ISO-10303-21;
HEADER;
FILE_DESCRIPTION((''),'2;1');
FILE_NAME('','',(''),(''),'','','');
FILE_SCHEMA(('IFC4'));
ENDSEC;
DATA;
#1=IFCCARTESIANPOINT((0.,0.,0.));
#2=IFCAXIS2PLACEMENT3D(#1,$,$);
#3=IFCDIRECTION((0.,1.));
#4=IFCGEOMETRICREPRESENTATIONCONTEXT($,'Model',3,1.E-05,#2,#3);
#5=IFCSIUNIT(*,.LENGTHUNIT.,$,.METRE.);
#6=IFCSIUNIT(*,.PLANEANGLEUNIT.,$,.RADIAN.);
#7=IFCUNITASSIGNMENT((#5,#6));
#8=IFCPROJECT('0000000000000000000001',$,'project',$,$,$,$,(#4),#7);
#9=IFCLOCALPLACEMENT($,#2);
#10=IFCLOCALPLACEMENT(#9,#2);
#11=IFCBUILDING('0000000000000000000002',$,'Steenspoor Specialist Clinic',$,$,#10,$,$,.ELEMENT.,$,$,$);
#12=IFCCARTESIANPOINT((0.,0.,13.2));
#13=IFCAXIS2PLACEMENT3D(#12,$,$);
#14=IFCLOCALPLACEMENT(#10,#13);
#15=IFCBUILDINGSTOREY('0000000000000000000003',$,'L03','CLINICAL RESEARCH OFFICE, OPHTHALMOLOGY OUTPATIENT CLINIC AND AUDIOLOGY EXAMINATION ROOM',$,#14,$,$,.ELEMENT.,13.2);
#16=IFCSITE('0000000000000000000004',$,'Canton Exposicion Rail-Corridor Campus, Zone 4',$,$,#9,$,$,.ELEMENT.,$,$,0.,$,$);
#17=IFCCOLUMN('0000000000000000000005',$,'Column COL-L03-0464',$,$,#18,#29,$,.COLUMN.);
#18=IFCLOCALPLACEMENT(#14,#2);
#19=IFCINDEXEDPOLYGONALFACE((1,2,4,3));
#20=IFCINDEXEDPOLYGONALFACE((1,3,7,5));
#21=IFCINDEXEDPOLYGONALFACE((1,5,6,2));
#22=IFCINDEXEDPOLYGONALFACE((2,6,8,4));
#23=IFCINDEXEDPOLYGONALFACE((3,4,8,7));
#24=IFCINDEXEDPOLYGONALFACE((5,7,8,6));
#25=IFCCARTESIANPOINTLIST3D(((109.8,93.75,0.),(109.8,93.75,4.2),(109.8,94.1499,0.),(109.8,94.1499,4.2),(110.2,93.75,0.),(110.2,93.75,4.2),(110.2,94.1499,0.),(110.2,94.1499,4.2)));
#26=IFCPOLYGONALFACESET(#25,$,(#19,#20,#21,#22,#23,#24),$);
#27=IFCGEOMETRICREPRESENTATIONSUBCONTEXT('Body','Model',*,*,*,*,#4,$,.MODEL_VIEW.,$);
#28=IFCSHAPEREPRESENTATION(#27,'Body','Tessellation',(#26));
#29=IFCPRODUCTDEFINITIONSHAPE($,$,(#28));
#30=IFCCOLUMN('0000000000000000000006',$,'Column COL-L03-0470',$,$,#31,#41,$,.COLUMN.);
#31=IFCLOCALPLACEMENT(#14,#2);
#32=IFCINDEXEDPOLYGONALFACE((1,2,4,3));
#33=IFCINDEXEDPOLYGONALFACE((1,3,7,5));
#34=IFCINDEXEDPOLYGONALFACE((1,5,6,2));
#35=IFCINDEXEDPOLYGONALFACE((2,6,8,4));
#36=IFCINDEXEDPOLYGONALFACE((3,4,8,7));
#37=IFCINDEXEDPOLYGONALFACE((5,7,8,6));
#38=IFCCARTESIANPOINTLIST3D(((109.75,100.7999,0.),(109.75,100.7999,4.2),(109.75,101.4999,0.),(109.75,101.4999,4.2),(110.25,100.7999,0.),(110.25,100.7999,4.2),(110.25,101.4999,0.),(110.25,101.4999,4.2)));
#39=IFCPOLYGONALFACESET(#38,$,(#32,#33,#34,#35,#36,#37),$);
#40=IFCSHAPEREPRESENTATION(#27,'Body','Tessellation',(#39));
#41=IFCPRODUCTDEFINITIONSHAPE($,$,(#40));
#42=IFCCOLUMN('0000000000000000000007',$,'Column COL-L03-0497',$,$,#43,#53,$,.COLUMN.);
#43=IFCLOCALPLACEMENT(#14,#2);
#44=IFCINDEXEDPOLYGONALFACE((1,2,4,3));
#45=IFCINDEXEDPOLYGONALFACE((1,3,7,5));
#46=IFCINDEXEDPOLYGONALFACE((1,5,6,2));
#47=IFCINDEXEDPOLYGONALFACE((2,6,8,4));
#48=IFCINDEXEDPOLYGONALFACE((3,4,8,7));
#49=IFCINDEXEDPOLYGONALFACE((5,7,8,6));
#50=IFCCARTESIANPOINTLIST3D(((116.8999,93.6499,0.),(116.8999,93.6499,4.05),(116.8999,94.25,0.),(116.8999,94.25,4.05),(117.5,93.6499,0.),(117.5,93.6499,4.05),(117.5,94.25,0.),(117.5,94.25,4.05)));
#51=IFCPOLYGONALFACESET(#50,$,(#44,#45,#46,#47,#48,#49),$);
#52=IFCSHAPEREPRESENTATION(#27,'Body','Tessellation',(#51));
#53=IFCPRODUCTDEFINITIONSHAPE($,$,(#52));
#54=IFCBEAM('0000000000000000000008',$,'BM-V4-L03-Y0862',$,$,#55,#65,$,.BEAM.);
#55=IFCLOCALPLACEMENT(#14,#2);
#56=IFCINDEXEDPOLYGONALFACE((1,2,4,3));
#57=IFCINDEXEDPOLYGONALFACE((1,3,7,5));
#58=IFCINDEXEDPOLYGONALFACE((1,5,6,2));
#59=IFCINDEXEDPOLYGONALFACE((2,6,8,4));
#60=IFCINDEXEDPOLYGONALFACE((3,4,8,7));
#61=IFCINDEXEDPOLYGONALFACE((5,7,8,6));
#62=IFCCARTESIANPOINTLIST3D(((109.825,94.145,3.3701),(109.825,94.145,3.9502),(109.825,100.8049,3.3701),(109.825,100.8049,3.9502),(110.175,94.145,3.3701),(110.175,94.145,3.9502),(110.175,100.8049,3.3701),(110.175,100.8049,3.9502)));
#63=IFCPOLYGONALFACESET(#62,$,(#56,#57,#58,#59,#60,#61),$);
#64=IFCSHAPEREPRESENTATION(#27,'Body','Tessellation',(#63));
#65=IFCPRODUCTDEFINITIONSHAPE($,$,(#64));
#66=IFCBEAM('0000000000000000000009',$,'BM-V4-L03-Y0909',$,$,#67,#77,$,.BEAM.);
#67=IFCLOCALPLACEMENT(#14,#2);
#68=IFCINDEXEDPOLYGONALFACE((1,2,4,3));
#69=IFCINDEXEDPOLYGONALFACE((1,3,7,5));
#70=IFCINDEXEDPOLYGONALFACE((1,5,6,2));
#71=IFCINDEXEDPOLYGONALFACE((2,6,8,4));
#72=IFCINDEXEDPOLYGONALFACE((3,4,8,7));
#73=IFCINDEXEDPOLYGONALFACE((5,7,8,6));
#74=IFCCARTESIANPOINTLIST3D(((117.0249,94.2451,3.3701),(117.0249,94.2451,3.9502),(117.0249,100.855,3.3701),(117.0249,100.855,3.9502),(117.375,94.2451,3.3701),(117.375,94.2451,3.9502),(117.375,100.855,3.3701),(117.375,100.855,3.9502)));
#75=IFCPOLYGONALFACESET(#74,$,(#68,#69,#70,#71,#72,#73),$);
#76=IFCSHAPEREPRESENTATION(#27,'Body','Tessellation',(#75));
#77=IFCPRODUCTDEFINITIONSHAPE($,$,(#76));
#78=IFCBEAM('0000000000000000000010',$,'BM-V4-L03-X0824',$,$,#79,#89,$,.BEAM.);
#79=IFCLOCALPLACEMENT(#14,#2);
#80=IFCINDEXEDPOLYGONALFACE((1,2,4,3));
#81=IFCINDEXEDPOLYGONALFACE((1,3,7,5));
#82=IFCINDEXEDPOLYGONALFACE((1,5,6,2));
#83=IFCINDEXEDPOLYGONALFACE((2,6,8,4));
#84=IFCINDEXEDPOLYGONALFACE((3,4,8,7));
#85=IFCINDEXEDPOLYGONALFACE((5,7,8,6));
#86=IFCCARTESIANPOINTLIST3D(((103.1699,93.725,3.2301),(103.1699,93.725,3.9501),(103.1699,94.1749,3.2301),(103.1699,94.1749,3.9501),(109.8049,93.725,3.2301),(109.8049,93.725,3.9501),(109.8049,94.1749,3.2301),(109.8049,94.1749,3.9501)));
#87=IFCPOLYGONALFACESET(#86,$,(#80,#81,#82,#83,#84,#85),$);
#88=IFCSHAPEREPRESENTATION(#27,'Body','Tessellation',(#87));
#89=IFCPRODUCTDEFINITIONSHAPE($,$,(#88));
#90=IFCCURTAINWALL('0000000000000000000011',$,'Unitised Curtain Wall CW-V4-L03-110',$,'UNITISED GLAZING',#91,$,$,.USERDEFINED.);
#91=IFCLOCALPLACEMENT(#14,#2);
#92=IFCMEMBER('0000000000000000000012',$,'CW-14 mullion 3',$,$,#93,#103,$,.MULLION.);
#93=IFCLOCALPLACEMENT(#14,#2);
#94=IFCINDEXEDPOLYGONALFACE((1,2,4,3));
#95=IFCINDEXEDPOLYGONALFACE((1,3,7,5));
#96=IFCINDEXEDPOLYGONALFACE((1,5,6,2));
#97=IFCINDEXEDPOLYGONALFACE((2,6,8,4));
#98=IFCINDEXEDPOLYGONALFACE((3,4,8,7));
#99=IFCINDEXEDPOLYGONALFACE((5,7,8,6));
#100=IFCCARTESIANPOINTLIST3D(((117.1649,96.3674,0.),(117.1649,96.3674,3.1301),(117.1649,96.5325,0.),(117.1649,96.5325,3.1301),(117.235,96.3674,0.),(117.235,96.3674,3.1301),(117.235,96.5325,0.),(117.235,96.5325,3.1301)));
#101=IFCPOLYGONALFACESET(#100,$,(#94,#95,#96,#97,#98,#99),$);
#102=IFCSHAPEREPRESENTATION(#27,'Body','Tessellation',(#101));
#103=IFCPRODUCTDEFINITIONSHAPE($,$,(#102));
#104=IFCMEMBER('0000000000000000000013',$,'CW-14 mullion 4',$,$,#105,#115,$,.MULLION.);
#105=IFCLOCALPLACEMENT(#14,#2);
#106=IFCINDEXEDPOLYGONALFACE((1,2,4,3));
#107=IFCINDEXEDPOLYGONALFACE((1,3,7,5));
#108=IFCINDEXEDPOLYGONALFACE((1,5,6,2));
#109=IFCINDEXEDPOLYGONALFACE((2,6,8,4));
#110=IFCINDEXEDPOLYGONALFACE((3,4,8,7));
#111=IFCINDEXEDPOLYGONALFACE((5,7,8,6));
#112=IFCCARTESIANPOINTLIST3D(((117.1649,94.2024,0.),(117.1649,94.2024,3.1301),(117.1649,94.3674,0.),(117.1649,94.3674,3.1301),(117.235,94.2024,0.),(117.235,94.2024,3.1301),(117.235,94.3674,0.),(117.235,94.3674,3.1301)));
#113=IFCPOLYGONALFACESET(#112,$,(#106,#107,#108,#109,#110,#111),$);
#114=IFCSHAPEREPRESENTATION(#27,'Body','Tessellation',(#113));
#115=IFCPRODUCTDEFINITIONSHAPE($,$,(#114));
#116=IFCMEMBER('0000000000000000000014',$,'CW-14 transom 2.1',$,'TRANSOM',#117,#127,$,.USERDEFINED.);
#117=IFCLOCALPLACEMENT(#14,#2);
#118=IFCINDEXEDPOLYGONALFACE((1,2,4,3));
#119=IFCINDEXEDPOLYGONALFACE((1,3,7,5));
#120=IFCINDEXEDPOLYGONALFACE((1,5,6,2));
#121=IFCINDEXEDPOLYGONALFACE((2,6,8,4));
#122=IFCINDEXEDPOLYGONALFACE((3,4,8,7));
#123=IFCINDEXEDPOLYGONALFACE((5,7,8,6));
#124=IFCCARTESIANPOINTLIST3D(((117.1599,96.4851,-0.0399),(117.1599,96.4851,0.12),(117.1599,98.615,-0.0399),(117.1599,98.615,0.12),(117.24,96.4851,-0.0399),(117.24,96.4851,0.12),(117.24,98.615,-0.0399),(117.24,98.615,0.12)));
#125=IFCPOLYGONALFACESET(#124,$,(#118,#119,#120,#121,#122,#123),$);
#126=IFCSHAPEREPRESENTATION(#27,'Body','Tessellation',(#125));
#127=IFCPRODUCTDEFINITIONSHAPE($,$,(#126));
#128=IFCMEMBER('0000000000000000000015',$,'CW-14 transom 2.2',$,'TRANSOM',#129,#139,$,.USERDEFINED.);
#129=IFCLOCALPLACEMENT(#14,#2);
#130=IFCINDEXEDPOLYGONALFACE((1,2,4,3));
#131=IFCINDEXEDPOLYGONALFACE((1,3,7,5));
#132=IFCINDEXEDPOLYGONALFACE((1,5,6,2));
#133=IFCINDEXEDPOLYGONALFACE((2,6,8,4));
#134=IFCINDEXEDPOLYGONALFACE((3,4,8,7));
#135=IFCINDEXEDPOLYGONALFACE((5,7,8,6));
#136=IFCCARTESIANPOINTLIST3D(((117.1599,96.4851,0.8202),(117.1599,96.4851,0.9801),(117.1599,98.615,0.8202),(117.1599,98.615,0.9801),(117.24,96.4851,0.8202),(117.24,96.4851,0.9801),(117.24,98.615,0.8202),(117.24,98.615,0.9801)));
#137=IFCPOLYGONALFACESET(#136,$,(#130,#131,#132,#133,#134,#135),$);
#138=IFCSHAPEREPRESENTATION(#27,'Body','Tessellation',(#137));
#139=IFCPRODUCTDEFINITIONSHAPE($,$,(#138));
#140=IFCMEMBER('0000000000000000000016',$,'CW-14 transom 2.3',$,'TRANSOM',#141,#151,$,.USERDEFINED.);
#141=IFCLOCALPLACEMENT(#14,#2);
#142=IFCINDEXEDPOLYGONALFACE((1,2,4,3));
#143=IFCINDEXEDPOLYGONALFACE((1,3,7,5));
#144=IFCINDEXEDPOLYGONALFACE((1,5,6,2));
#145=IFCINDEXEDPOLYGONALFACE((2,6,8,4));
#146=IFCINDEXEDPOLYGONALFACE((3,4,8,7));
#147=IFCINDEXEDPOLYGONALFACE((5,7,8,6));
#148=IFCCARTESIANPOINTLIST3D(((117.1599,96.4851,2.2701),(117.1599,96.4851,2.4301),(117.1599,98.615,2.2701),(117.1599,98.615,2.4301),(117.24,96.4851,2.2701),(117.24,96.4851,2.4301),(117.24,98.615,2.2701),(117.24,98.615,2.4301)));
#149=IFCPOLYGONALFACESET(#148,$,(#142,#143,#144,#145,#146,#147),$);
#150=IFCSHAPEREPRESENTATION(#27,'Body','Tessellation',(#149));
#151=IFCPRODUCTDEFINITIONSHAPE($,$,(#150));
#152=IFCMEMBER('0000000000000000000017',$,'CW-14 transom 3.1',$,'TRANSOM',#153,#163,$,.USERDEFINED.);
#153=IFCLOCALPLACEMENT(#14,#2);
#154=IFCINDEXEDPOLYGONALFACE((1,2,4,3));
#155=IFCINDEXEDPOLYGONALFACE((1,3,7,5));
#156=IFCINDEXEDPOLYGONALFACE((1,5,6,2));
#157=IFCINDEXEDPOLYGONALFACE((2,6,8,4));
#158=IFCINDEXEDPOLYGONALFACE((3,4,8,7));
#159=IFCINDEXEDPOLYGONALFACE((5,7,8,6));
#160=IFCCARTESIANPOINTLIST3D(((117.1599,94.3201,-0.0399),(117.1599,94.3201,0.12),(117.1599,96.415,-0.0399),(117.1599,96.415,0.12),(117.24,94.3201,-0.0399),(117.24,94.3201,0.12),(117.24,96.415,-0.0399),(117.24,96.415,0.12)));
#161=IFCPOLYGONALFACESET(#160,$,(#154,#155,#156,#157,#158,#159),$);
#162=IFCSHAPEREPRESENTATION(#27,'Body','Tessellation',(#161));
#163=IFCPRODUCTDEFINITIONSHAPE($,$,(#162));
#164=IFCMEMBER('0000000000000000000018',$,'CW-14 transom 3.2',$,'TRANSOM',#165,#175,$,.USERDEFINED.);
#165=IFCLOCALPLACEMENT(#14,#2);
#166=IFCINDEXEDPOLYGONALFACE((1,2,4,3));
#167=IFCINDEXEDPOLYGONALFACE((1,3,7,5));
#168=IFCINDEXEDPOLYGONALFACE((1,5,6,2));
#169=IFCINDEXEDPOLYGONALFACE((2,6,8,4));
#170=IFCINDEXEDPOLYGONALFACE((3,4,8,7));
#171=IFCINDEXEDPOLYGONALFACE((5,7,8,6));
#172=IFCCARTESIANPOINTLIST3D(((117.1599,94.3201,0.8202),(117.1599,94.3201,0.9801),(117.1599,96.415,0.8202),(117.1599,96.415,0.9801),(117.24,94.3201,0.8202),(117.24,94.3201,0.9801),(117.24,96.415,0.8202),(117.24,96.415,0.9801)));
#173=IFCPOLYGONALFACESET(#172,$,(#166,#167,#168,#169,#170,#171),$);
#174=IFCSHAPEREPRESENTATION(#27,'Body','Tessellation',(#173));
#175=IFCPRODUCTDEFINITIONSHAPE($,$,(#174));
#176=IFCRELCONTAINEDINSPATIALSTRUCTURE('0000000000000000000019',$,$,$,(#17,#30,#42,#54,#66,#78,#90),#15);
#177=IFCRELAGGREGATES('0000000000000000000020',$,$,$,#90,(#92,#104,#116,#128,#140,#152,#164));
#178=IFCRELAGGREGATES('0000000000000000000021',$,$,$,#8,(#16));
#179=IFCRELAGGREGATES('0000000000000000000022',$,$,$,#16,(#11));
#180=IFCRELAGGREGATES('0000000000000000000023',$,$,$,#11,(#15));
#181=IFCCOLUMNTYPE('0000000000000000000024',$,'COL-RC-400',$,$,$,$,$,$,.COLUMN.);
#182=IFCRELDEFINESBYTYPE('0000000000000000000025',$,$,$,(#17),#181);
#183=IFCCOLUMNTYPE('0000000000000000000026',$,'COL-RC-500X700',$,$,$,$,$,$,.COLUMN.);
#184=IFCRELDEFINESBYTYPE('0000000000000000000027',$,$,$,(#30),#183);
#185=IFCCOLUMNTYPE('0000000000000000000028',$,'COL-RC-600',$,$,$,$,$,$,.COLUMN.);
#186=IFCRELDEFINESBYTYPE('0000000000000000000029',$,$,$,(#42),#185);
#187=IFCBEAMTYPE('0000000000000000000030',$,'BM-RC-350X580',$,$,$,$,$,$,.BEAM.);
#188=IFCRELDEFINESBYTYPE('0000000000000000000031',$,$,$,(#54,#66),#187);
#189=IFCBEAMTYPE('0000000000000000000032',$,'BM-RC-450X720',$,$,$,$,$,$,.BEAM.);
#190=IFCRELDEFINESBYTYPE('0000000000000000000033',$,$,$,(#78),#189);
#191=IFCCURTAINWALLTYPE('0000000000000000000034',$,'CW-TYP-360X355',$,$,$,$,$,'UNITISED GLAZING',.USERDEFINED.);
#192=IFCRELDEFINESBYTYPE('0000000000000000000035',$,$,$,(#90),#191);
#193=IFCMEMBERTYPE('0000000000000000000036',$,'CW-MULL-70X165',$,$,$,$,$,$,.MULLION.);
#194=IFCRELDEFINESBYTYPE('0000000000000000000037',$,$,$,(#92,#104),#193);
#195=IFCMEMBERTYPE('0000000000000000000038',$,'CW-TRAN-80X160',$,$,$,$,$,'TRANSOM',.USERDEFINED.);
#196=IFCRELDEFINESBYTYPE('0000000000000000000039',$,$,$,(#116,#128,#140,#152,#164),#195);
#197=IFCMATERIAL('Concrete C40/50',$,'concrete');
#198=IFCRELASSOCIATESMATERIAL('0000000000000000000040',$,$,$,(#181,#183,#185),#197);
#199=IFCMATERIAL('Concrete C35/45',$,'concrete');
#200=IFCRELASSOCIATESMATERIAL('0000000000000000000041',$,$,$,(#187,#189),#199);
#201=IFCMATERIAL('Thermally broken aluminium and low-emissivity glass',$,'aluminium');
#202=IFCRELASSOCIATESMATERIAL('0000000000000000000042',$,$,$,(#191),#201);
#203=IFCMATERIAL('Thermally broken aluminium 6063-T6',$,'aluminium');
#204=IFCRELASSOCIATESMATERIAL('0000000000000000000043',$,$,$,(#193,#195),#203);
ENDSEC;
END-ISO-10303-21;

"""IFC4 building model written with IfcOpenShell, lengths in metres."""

from ifc_helpers import new_model, si_unit, direction, frame, origin, origin_2d, place, context, subcontext, project, spatial, rectangle, extrude, material, material_profile, profile_set, type_object, element, aggregate, save


model = new_model("IFC4")

# Units and contexts
model_context = context("Model", 3, precision=1e-05, world=origin(), true_north=direction((0.0, 1.0)))
body_context = subcontext(model_context, "Body", "Model", "MODEL_VIEW")
ifc_project = project(units=[si_unit("LENGTHUNIT", "METRE"), si_unit("PLANEANGLEUNIT", "RADIAN")], contexts=[model_context])

# Site, building, storey
site_placement = place(None, origin())
site = spatial("IfcSite", under=ifc_project, at=site_placement, Name="Canton Exposicion Rail-Corridor Campus, Zone 4", CompositionType="ELEMENT", RefElevation=0.0)
building_placement = place(site_placement, origin())
building = spatial("IfcBuilding", under=site, at=building_placement, Name="Steenspoor Specialist Clinic", CompositionType="ELEMENT")
storey_placement = place(building_placement, frame((0.0, 0.0, 13.2)))
storey = spatial("IfcBuildingStorey", under=building, at=storey_placement, Name="L03", Description="CLINICAL RESEARCH OFFICE, OPHTHALMOLOGY OUTPATIENT CLINIC AND AUDIOLOGY EXAMINATION ROOM", CompositionType="ELEMENT", Elevation=13.2)

# Columns
ifc_material_1 = material(Name="Concrete C40/50", Category="concrete")
ifc_material_profile_1 = material_profile(ifc_material_1, rectangle(XDim=0.3999, YDim=0.3999, at=origin_2d()), Name="RC-COL-400X400")
ifc_profile_set_1 = profile_set([ifc_material_profile_1], Name="Concrete C40/50")
column_type_1 = type_object("IfcColumnType", Name="COL-RC-400", PredefinedType="COLUMN", material=ifc_profile_set_1)
column_1_placement = place(storey_placement, frame((110.0, 93.95, 0.0), z_axis=(0.0, 0.0, 1.0), x_axis=(1.0, 0.0, 0.0)))
element("IfcColumn", 1, at=column_1_placement, inside=storey, type_object=column_type_1, Name="Column COL-L03-0464", PredefinedType="COLUMN", context=body_context, shape_type="SweptSolid", body=[
    extrude(rectangle(XDim=0.3999, YDim=0.3999, at=origin_2d()), origin(), (0.0, 0.0, 1.0), 4.2),
])
ifc_material_profile_2 = material_profile(ifc_material_1, rectangle(XDim=0.5, YDim=0.7, at=origin_2d()), Name="RC-COL-500X700")
ifc_profile_set_2 = profile_set([ifc_material_profile_2], Name="Concrete C40/50")
column_type_2 = type_object("IfcColumnType", Name="COL-RC-500X700", PredefinedType="COLUMN", material=ifc_profile_set_2)
column_2_placement = place(storey_placement, frame((110.0, 101.1499, 0.0), z_axis=(0.0, 0.0, 1.0), x_axis=(1.0, 0.0, 0.0)))
element("IfcColumn", 2, at=column_2_placement, inside=storey, type_object=column_type_2, Name="Column COL-L03-0470", PredefinedType="COLUMN", context=body_context, shape_type="SweptSolid", body=[
    extrude(rectangle(XDim=0.5, YDim=0.7, at=origin_2d()), origin(), (0.0, 0.0, 1.0), 4.2),
])
ifc_material_profile_3 = material_profile(ifc_material_1, rectangle(XDim=0.6001, YDim=0.6001, at=origin_2d()), Name="RC-COL-600X600")
ifc_profile_set_3 = profile_set([ifc_material_profile_3], Name="Concrete C40/50")
column_type_3 = type_object("IfcColumnType", Name="COL-RC-600", PredefinedType="COLUMN", material=ifc_profile_set_3)
column_3_placement = place(storey_placement, frame((117.2, 93.95, 0.0), z_axis=(0.0, 0.0, 1.0), x_axis=(1.0, 0.0, 0.0)))
element("IfcColumn", 3, at=column_3_placement, inside=storey, type_object=column_type_3, Name="Column COL-L03-0497", PredefinedType="COLUMN", context=body_context, shape_type="SweptSolid", body=[
    extrude(rectangle(XDim=0.6001, YDim=0.6001, at=origin_2d()), origin(), (0.0, 0.0, 1.0), 4.05),
])

# Beams
ifc_material_2 = material(Name="Concrete C35/45", Category="concrete")
ifc_material_profile_4 = material_profile(ifc_material_2, rectangle(XDim=0.3501, YDim=0.5801, at=origin_2d()), Name="RC-BM-350X580")
ifc_profile_set_4 = profile_set([ifc_material_profile_4], Name="Concrete C35/45")
beam_type_1 = type_object("IfcBeamType", Name="BM-RC-350X580", PredefinedType="BEAM", material=ifc_profile_set_4)
beam_1_placement = place(storey_placement, frame((110.0, 94.145, 3.6602), z_axis=(0.0, 1.0, 0.0), x_axis=(-1.0, 0.0, 0.0)))
element("IfcBeam", 4, at=beam_1_placement, inside=storey, type_object=beam_type_1, Name="BM-V4-L03-Y0862", PredefinedType="BEAM", context=body_context, shape_type="SweptSolid", body=[
    extrude(rectangle(XDim=0.3501, YDim=0.5801, at=origin_2d()), origin(), (0.0, 0.0, 1.0), 6.6599),
])
beam_2_placement = place(storey_placement, frame((117.2, 94.2451, 3.6602), z_axis=(0.0, 1.0, 0.0), x_axis=(-1.0, 0.0, 0.0)))
element("IfcBeam", 5, at=beam_2_placement, inside=storey, type_object=beam_type_1, Name="BM-V4-L03-Y0909", PredefinedType="BEAM", context=body_context, shape_type="SweptSolid", body=[
    extrude(rectangle(XDim=0.3501, YDim=0.5801, at=origin_2d()), origin(), (0.0, 0.0, 1.0), 6.6099),
])
ifc_material_profile_5 = material_profile(ifc_material_2, rectangle(XDim=0.45, YDim=0.72, at=origin_2d()), Name="RC-BM-450X720")
ifc_profile_set_5 = profile_set([ifc_material_profile_5], Name="Concrete C35/45")
beam_type_2 = type_object("IfcBeamType", Name="BM-RC-450X720", PredefinedType="BEAM", material=ifc_profile_set_5)
beam_3_placement = place(storey_placement, frame((103.1699, 93.95, 3.5901), z_axis=(1.0, 0.0, 0.0), x_axis=(0.0, 1.0, 0.0)))
element("IfcBeam", 6, at=beam_3_placement, inside=storey, type_object=beam_type_2, Name="BM-V4-L03-X0824", PredefinedType="BEAM", context=body_context, shape_type="SweptSolid", body=[
    extrude(rectangle(XDim=0.45, YDim=0.72, at=origin_2d()), origin(), (0.0, 0.0, 1.0), 6.635),
])

# Curtain wall, members
ifc_material_3 = material(Name="Thermally broken aluminium and low-emissivity glass", Category="aluminium")
curtain_wall_type = type_object("IfcCurtainWallType", Name="CW-TYP-360X355", ElementType="UNITISED GLAZING", PredefinedType="USERDEFINED", material=ifc_material_3)
curtain_wall_placement = place(storey_placement, origin())
curtain_wall = element("IfcCurtainWall", 7, at=curtain_wall_placement, inside=storey, type_object=curtain_wall_type, Name="Unitised Curtain Wall CW-V4-L03-110", ObjectType="UNITISED GLAZING", PredefinedType="USERDEFINED")
ifc_material_4 = material(Name="Thermally broken aluminium 6063-T6", Category="aluminium")
ifc_material_profile_6 = material_profile(ifc_material_4, rectangle(XDim=0.0701, YDim=0.165, at=origin_2d()), Name="CWM-70X165")
ifc_profile_set_6 = profile_set([ifc_material_profile_6], Name="Thermally broken aluminium 6063-T6")
member_type_1 = type_object("IfcMemberType", Name="CW-MULL-70X165", PredefinedType="MULLION", material=ifc_profile_set_6)
member_1_placement = place(storey_placement, frame((117.2, 96.45, 0.0), z_axis=(0.0, 0.0, 1.0), x_axis=(1.0, 0.0, 0.0)))
member_1 = element("IfcMember", 8, at=member_1_placement, type_object=member_type_1, Name="CW-14 mullion 3", PredefinedType="MULLION", context=body_context, shape_type="SweptSolid", body=[
    extrude(rectangle(XDim=0.0701, YDim=0.165, at=origin_2d()), origin(), (0.0, 0.0, 1.0), 3.1301),
])
member_2_placement = place(storey_placement, frame((117.2, 94.2849, 0.0), z_axis=(0.0, 0.0, 1.0), x_axis=(1.0, 0.0, 0.0)))
member_2 = element("IfcMember", 9, at=member_2_placement, type_object=member_type_1, Name="CW-14 mullion 4", PredefinedType="MULLION", context=body_context, shape_type="SweptSolid", body=[
    extrude(rectangle(XDim=0.0701, YDim=0.165, at=origin_2d()), origin(), (0.0, 0.0, 1.0), 3.1301),
])
ifc_material_profile_7 = material_profile(ifc_material_4, rectangle(XDim=0.0801, YDim=0.1599, at=origin_2d()), Name="CWT-80X160")
ifc_profile_set_7 = profile_set([ifc_material_profile_7], Name="Thermally broken aluminium 6063-T6")
member_type_2 = type_object("IfcMemberType", Name="CW-TRAN-80X160", ElementType="TRANSOM", PredefinedType="USERDEFINED", material=ifc_profile_set_7)
member_3_placement = place(storey_placement, frame((117.2, 98.615, 0.04), z_axis=(0.0, -1.0, 0.0), x_axis=(1.0, 0.0, 0.0)))
member_3 = element("IfcMember", 10, at=member_3_placement, type_object=member_type_2, Name="CW-14 transom 2.1", ObjectType="TRANSOM", PredefinedType="USERDEFINED", context=body_context, shape_type="SweptSolid", body=[
    extrude(rectangle(XDim=0.0801, YDim=0.1599, at=origin_2d()), origin(), (0.0, 0.0, 1.0), 2.1299),
])
member_4_placement = place(storey_placement, frame((117.2, 98.615, 0.9001), z_axis=(0.0, -1.0, 0.0), x_axis=(1.0, 0.0, 0.0)))
member_4 = element("IfcMember", 11, at=member_4_placement, type_object=member_type_2, Name="CW-14 transom 2.2", ObjectType="TRANSOM", PredefinedType="USERDEFINED", context=body_context, shape_type="SweptSolid", body=[
    extrude(rectangle(XDim=0.0801, YDim=0.1599, at=origin_2d()), origin(), (0.0, 0.0, 1.0), 2.1299),
])
member_5_placement = place(storey_placement, frame((117.2, 98.615, 2.3501), z_axis=(0.0, -1.0, 0.0), x_axis=(1.0, 0.0, 0.0)))
member_5 = element("IfcMember", 12, at=member_5_placement, type_object=member_type_2, Name="CW-14 transom 2.3", ObjectType="TRANSOM", PredefinedType="USERDEFINED", context=body_context, shape_type="SweptSolid", body=[
    extrude(rectangle(XDim=0.0801, YDim=0.1599, at=origin_2d()), origin(), (0.0, 0.0, 1.0), 2.1299),
])
member_6_placement = place(storey_placement, frame((117.2, 96.415, 0.04), z_axis=(0.0, -1.0, 0.0), x_axis=(1.0, 0.0, 0.0)))
member_6 = element("IfcMember", 13, at=member_6_placement, type_object=member_type_2, Name="CW-14 transom 3.1", ObjectType="TRANSOM", PredefinedType="USERDEFINED", context=body_context, shape_type="SweptSolid", body=[
    extrude(rectangle(XDim=0.0801, YDim=0.1599, at=origin_2d()), origin(), (0.0, 0.0, 1.0), 2.095),
])
member_7_placement = place(storey_placement, frame((117.2, 96.415, 0.9001), z_axis=(0.0, -1.0, 0.0), x_axis=(1.0, 0.0, 0.0)))
member_7 = element("IfcMember", 14, at=member_7_placement, type_object=member_type_2, Name="CW-14 transom 3.2", ObjectType="TRANSOM", PredefinedType="USERDEFINED", context=body_context, shape_type="SweptSolid", body=[
    extrude(rectangle(XDim=0.0801, YDim=0.1599, at=origin_2d()), origin(), (0.0, 0.0, 1.0), 2.095),
])

aggregate(curtain_wall, [member_1, member_2, member_3, member_4, member_5, member_6, member_7])

save(model, "model.ifc")
